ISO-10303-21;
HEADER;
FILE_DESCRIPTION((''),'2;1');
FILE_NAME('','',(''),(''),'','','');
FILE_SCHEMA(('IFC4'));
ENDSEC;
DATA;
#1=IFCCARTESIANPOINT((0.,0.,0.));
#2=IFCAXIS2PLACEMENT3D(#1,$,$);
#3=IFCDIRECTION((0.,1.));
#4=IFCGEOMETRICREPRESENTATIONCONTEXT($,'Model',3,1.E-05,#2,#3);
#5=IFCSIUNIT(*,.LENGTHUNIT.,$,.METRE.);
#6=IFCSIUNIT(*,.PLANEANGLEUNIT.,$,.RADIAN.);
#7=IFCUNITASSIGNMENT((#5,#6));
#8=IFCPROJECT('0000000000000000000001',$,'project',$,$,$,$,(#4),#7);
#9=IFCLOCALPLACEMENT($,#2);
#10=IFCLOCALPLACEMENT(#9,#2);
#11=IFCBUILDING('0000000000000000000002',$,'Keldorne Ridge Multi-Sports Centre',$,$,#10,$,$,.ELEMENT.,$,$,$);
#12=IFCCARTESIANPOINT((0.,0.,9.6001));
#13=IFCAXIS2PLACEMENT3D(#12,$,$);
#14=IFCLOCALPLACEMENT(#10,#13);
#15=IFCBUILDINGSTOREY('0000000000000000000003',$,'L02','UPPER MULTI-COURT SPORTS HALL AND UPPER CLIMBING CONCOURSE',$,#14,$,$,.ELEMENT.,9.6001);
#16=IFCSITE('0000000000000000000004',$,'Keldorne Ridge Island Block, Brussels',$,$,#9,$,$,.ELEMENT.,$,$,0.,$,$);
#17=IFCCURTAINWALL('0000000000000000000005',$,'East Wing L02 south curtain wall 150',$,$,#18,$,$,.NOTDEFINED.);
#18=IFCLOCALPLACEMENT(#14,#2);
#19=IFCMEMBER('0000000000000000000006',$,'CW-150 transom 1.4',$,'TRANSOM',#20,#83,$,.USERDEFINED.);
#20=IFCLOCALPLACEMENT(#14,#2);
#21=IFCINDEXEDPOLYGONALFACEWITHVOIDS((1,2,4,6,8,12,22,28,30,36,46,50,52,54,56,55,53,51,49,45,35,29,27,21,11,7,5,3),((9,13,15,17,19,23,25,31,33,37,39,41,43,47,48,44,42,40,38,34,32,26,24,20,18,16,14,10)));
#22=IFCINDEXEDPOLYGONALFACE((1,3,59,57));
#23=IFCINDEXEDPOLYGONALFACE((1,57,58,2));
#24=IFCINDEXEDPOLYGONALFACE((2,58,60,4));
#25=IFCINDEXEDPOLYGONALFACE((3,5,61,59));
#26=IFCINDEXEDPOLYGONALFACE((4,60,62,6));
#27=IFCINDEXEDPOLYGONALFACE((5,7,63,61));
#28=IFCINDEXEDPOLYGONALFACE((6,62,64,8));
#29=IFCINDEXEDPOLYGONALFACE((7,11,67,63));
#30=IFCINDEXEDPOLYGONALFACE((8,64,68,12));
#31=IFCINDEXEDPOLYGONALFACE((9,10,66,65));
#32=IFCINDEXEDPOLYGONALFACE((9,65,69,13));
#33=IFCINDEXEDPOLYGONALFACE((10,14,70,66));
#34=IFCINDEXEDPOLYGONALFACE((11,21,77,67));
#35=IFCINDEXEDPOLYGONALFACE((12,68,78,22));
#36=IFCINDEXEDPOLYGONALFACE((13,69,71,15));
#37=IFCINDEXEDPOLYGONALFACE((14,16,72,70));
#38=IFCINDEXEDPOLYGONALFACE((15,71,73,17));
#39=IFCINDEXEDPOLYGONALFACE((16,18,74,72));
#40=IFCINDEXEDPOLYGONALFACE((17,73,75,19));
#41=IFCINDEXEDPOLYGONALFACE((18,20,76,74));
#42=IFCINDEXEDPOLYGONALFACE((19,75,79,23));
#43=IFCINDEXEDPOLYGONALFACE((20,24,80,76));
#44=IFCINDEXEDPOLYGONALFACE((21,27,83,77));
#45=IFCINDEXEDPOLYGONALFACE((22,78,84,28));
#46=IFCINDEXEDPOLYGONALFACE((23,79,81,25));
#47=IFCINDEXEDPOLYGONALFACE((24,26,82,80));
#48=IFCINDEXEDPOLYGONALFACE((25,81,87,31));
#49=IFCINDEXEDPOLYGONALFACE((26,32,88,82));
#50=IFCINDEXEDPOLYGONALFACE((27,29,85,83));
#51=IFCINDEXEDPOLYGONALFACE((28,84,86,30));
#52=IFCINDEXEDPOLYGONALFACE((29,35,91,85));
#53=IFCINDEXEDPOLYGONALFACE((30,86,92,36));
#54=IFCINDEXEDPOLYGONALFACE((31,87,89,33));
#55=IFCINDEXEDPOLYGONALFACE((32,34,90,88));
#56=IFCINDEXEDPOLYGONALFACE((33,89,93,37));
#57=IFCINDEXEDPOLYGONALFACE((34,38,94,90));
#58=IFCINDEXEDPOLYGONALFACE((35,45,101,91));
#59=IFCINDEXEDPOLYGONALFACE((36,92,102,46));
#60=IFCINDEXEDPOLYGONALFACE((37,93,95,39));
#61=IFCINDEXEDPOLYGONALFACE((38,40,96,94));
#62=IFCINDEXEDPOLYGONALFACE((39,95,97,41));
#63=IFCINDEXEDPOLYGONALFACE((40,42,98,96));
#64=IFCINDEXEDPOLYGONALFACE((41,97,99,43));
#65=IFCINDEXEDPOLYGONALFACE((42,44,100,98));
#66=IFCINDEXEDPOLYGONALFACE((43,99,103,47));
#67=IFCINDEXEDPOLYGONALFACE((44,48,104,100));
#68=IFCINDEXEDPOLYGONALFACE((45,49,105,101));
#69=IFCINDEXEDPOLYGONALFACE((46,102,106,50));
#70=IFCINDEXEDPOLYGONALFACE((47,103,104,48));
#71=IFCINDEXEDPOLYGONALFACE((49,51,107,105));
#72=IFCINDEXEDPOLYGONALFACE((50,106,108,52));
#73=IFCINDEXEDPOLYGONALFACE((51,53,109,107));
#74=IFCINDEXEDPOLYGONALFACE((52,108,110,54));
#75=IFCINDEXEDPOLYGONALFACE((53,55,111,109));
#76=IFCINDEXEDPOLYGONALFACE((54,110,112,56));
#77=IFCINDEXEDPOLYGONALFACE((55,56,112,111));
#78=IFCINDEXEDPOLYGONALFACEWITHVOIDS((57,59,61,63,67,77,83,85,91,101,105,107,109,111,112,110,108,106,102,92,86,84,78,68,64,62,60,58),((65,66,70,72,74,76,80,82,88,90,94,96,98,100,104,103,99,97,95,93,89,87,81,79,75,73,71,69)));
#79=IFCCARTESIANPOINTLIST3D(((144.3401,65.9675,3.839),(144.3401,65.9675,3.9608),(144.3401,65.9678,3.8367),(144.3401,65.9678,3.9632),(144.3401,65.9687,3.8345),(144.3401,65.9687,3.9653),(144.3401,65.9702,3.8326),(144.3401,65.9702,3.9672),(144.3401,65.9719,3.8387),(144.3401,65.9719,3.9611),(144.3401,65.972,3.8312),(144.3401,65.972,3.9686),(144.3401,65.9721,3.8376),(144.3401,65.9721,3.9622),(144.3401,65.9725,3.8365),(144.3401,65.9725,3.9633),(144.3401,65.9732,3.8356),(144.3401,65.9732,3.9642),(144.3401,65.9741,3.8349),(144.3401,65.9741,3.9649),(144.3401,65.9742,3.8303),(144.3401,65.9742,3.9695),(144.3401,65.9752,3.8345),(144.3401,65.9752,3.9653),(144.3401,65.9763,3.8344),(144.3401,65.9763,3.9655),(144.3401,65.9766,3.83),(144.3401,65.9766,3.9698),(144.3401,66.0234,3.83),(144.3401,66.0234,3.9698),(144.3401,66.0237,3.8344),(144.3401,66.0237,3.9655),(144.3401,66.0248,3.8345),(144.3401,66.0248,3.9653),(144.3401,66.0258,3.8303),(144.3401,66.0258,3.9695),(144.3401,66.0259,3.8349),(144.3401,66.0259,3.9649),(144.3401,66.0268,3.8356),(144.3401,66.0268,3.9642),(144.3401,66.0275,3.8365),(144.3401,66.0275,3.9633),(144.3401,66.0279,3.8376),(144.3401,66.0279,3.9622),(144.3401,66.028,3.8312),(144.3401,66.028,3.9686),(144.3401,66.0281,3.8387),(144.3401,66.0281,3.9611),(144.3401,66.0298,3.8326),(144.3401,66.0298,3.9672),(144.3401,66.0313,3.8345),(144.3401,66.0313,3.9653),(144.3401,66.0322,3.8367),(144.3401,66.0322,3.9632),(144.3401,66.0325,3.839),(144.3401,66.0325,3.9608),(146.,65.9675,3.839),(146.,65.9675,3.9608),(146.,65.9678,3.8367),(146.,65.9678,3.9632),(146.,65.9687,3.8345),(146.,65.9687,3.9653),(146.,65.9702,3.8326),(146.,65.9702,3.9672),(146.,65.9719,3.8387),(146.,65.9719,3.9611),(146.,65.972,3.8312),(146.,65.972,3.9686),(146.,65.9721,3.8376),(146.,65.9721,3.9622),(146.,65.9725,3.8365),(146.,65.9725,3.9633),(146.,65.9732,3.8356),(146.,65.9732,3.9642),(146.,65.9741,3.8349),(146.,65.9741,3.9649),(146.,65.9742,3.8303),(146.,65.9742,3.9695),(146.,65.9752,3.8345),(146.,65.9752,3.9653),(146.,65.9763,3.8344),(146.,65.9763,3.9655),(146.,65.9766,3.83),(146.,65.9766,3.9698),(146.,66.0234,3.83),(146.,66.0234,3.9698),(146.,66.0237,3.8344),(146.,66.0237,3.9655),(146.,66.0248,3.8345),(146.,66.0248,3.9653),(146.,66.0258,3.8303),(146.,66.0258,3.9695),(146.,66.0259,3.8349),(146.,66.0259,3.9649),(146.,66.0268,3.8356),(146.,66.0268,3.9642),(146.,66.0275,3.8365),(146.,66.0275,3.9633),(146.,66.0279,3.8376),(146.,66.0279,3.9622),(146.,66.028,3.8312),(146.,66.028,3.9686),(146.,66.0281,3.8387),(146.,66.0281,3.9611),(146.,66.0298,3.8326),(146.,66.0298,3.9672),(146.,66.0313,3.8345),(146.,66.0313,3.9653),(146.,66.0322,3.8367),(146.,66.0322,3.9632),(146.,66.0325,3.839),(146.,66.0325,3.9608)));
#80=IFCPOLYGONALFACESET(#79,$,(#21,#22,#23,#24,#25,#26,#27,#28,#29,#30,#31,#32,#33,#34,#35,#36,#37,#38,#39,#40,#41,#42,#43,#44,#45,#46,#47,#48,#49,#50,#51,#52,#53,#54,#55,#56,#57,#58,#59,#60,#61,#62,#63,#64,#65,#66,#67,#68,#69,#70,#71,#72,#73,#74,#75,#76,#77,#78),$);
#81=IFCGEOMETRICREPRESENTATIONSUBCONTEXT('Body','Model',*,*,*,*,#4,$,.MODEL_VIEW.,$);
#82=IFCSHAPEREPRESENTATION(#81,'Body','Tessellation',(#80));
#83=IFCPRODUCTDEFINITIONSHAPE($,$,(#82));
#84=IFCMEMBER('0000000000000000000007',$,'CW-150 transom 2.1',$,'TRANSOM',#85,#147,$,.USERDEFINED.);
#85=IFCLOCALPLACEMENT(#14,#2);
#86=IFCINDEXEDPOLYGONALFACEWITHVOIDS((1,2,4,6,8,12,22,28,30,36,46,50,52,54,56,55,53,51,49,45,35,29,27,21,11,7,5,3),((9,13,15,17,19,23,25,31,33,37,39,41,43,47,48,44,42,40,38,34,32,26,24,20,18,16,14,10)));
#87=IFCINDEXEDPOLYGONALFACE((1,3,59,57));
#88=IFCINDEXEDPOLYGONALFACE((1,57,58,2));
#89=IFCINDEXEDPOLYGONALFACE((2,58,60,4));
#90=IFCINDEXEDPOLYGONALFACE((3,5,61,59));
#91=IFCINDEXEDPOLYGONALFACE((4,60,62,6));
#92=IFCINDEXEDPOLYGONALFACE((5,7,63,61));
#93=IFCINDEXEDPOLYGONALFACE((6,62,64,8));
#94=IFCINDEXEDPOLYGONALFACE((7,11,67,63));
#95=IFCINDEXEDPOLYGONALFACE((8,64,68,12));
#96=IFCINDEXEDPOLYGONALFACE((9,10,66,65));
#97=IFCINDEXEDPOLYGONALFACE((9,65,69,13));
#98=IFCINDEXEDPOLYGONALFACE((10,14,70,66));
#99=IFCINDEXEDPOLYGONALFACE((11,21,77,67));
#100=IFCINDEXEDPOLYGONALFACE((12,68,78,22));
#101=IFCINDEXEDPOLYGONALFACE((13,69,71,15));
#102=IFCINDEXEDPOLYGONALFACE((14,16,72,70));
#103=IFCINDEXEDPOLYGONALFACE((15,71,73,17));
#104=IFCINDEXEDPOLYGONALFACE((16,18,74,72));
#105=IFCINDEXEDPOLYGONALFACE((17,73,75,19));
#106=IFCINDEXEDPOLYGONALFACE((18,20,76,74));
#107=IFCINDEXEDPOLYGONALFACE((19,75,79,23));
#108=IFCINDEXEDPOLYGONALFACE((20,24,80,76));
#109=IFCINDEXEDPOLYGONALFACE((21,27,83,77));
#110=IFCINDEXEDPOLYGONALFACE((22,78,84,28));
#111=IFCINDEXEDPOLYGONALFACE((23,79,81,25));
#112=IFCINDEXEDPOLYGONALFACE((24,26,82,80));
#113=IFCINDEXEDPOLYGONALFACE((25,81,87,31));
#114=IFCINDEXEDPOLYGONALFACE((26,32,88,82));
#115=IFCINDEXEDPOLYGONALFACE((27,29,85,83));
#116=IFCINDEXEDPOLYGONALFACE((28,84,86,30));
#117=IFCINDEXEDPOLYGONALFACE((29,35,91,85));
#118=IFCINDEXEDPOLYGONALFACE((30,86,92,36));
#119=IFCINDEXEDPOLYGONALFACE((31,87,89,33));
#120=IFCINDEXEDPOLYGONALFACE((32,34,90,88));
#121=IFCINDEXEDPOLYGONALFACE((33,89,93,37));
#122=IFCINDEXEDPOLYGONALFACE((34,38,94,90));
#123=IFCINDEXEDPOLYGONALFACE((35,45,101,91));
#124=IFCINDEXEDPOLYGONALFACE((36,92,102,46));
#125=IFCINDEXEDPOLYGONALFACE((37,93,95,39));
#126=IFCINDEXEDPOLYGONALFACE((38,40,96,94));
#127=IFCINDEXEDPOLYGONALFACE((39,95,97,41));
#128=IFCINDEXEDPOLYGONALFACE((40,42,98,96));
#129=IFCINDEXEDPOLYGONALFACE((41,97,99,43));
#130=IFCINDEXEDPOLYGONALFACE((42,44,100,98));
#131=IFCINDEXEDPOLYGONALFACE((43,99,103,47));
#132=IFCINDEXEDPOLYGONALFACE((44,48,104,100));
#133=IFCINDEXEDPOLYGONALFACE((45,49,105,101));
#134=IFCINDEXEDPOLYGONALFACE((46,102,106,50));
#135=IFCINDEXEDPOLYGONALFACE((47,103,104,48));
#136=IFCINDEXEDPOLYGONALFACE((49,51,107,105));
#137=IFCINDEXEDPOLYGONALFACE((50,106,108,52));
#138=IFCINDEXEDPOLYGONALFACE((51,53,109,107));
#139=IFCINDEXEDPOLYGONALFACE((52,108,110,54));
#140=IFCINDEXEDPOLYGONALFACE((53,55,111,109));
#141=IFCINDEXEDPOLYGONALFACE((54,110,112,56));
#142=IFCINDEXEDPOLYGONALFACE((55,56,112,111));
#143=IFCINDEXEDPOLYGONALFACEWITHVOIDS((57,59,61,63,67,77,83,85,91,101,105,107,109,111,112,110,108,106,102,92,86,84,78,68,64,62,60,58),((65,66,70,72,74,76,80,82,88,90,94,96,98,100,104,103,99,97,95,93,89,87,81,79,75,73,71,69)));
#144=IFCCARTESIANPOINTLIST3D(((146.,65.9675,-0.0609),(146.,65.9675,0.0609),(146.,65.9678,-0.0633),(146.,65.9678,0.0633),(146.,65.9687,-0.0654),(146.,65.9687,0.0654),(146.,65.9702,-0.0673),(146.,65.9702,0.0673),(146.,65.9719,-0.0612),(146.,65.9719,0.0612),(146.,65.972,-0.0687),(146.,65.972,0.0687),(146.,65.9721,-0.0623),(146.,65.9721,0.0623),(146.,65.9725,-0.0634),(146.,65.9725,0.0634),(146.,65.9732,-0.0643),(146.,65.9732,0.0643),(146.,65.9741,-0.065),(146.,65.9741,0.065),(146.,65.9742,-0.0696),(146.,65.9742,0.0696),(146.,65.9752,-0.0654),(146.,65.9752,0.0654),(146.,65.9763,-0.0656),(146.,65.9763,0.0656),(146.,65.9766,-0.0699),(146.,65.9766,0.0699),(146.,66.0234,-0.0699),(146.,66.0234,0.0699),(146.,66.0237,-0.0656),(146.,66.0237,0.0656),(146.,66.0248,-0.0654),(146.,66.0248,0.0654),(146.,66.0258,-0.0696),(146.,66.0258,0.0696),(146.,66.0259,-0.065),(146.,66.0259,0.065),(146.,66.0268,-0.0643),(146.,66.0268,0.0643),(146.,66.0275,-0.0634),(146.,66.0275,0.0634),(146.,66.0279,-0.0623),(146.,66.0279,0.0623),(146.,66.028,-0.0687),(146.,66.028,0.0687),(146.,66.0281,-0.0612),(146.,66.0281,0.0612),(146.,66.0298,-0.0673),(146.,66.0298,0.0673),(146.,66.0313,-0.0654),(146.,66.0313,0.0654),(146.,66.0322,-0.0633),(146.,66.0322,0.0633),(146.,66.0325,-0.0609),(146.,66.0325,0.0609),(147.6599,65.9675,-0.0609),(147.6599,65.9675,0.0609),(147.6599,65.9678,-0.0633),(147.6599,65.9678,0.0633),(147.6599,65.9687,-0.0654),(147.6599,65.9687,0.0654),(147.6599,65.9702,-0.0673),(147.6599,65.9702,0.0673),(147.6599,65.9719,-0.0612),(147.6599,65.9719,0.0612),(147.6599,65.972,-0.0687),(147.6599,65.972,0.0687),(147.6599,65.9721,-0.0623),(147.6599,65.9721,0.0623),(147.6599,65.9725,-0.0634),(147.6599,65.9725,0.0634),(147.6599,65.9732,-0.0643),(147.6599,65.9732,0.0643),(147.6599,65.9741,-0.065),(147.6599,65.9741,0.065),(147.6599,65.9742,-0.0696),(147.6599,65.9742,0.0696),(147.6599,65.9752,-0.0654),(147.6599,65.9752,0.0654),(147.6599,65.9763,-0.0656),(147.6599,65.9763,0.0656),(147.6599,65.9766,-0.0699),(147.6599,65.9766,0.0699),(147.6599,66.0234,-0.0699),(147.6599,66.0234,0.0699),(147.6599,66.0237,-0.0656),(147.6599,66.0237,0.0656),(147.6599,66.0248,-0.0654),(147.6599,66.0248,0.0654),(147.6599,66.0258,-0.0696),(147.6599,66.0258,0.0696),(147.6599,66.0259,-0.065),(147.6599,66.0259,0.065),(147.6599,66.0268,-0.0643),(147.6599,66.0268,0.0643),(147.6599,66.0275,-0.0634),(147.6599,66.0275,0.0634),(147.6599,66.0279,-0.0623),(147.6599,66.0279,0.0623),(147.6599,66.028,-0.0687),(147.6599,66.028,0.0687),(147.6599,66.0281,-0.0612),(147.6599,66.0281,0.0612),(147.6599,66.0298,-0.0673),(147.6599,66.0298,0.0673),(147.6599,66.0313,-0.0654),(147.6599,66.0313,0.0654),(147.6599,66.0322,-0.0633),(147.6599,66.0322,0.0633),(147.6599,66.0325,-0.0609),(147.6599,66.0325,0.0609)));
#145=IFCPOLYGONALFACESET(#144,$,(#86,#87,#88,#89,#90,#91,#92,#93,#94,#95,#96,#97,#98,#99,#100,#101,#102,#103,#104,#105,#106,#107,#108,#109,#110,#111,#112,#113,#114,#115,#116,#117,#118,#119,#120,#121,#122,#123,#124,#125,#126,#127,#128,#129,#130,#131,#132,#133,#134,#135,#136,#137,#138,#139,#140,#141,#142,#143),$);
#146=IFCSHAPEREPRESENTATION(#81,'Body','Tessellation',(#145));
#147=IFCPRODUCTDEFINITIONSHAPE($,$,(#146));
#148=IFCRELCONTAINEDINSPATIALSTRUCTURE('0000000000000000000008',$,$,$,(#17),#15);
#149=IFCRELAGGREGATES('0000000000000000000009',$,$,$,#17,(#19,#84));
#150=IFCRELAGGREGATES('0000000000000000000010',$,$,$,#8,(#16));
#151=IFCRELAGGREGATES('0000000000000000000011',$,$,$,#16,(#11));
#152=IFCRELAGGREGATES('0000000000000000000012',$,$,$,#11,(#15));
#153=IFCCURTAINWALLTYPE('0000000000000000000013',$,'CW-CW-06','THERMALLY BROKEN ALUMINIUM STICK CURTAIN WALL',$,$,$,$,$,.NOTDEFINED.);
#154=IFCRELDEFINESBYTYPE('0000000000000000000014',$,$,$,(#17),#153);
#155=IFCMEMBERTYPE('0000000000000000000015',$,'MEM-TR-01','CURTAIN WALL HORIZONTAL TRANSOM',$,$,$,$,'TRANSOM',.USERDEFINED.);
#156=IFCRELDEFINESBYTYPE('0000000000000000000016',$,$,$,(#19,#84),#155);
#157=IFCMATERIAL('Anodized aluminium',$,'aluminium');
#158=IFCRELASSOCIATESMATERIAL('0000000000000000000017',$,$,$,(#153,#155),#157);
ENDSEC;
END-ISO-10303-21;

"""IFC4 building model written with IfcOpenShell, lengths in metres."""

from ifc_helpers import new_model, si_unit, direction, frame, origin, origin_2d, place, context, subcontext, project, spatial, hollow_rectangle, extrude, material, material_profile, profile_set, type_object, element, aggregate, save


model = new_model("IFC4")

# Units and contexts
model_context = context("Model", 3, precision=1e-05, world=origin(), true_north=direction((0.0, 1.0)))
body_context = subcontext(model_context, "Body", "Model", "MODEL_VIEW")
ifc_project = project(units=[si_unit("LENGTHUNIT", "METRE"), si_unit("PLANEANGLEUNIT", "RADIAN")], contexts=[model_context])

# Site, building, storey
site_placement = place(None, origin())
site = spatial("IfcSite", under=ifc_project, at=site_placement, Name="Keldorne Ridge Island Block, Brussels", CompositionType="ELEMENT", RefElevation=0.0)
building_placement = place(site_placement, origin())
building = spatial("IfcBuilding", under=site, at=building_placement, Name="Keldorne Ridge Multi-Sports Centre", CompositionType="ELEMENT")
storey_placement = place(building_placement, frame((0.0, 0.0, 9.6001)))
storey = spatial("IfcBuildingStorey", under=building, at=storey_placement, Name="L02", Description="UPPER MULTI-COURT SPORTS HALL AND UPPER CLIMBING CONCOURSE", CompositionType="ELEMENT", Elevation=9.6001)

# Curtain wall, members
ifc_material_1 = material(Name="Anodized aluminium", Category="aluminium")
curtain_wall_type = type_object("IfcCurtainWallType", Name="CW-CW-06", Description="THERMALLY BROKEN ALUMINIUM STICK CURTAIN WALL", PredefinedType="NOTDEFINED", material=ifc_material_1)
curtain_wall_placement = place(storey_placement, origin())
curtain_wall = element("IfcCurtainWall", 1, at=curtain_wall_placement, inside=storey, type_object=curtain_wall_type, Name="East Wing L02 south curtain wall 150", PredefinedType="NOTDEFINED")
ifc_material_profile_1 = material_profile(ifc_material_1, hollow_rectangle(XDim=0.0649, YDim=0.1399, WallThickness=0.0044, InnerFilletRadius=0.0044, OuterFilletRadius=0.009, at=origin_2d()), Name="ALU TRANSOM 140x65x4.5")
ifc_profile_set_1 = profile_set([ifc_material_profile_1], Name="Anodized aluminium")
member_type_1 = type_object("IfcMemberType", Name="MEM-TR-01", Description="CURTAIN WALL HORIZONTAL TRANSOM", ElementType="TRANSOM", PredefinedType="USERDEFINED", material=ifc_profile_set_1)
member_1_placement = place(storey_placement, frame((144.3401, 66.0, 3.8999), z_axis=(1.0, 0.0, 0.0), x_axis=(0.0, 1.0, 0.0)))
member_1 = element("IfcMember", 2, at=member_1_placement, type_object=member_type_1, Name="CW-150 transom 1.4", ObjectType="TRANSOM", PredefinedType="USERDEFINED", context=body_context, shape_type="SweptSolid", body=[
    extrude(hollow_rectangle(XDim=0.0649, YDim=0.1399, WallThickness=0.0044, InnerFilletRadius=0.0044, OuterFilletRadius=0.009, at=origin_2d()), origin(), (0.0, 0.0, 1.0), 1.6599),
])
member_2_placement = place(storey_placement, frame((146.0, 66.0, 0.0), z_axis=(1.0, 0.0, 0.0), x_axis=(0.0, 1.0, 0.0)))
member_2 = element("IfcMember", 3, at=member_2_placement, type_object=member_type_1, Name="CW-150 transom 2.1", ObjectType="TRANSOM", PredefinedType="USERDEFINED", context=body_context, shape_type="SweptSolid", body=[
    extrude(hollow_rectangle(XDim=0.0649, YDim=0.1399, WallThickness=0.0044, InnerFilletRadius=0.0044, OuterFilletRadius=0.009, at=origin_2d()), origin(), (0.0, 0.0, 1.0), 1.6599),
])
aggregate(curtain_wall, [member_1, member_2])

save(model, "model.ifc")
